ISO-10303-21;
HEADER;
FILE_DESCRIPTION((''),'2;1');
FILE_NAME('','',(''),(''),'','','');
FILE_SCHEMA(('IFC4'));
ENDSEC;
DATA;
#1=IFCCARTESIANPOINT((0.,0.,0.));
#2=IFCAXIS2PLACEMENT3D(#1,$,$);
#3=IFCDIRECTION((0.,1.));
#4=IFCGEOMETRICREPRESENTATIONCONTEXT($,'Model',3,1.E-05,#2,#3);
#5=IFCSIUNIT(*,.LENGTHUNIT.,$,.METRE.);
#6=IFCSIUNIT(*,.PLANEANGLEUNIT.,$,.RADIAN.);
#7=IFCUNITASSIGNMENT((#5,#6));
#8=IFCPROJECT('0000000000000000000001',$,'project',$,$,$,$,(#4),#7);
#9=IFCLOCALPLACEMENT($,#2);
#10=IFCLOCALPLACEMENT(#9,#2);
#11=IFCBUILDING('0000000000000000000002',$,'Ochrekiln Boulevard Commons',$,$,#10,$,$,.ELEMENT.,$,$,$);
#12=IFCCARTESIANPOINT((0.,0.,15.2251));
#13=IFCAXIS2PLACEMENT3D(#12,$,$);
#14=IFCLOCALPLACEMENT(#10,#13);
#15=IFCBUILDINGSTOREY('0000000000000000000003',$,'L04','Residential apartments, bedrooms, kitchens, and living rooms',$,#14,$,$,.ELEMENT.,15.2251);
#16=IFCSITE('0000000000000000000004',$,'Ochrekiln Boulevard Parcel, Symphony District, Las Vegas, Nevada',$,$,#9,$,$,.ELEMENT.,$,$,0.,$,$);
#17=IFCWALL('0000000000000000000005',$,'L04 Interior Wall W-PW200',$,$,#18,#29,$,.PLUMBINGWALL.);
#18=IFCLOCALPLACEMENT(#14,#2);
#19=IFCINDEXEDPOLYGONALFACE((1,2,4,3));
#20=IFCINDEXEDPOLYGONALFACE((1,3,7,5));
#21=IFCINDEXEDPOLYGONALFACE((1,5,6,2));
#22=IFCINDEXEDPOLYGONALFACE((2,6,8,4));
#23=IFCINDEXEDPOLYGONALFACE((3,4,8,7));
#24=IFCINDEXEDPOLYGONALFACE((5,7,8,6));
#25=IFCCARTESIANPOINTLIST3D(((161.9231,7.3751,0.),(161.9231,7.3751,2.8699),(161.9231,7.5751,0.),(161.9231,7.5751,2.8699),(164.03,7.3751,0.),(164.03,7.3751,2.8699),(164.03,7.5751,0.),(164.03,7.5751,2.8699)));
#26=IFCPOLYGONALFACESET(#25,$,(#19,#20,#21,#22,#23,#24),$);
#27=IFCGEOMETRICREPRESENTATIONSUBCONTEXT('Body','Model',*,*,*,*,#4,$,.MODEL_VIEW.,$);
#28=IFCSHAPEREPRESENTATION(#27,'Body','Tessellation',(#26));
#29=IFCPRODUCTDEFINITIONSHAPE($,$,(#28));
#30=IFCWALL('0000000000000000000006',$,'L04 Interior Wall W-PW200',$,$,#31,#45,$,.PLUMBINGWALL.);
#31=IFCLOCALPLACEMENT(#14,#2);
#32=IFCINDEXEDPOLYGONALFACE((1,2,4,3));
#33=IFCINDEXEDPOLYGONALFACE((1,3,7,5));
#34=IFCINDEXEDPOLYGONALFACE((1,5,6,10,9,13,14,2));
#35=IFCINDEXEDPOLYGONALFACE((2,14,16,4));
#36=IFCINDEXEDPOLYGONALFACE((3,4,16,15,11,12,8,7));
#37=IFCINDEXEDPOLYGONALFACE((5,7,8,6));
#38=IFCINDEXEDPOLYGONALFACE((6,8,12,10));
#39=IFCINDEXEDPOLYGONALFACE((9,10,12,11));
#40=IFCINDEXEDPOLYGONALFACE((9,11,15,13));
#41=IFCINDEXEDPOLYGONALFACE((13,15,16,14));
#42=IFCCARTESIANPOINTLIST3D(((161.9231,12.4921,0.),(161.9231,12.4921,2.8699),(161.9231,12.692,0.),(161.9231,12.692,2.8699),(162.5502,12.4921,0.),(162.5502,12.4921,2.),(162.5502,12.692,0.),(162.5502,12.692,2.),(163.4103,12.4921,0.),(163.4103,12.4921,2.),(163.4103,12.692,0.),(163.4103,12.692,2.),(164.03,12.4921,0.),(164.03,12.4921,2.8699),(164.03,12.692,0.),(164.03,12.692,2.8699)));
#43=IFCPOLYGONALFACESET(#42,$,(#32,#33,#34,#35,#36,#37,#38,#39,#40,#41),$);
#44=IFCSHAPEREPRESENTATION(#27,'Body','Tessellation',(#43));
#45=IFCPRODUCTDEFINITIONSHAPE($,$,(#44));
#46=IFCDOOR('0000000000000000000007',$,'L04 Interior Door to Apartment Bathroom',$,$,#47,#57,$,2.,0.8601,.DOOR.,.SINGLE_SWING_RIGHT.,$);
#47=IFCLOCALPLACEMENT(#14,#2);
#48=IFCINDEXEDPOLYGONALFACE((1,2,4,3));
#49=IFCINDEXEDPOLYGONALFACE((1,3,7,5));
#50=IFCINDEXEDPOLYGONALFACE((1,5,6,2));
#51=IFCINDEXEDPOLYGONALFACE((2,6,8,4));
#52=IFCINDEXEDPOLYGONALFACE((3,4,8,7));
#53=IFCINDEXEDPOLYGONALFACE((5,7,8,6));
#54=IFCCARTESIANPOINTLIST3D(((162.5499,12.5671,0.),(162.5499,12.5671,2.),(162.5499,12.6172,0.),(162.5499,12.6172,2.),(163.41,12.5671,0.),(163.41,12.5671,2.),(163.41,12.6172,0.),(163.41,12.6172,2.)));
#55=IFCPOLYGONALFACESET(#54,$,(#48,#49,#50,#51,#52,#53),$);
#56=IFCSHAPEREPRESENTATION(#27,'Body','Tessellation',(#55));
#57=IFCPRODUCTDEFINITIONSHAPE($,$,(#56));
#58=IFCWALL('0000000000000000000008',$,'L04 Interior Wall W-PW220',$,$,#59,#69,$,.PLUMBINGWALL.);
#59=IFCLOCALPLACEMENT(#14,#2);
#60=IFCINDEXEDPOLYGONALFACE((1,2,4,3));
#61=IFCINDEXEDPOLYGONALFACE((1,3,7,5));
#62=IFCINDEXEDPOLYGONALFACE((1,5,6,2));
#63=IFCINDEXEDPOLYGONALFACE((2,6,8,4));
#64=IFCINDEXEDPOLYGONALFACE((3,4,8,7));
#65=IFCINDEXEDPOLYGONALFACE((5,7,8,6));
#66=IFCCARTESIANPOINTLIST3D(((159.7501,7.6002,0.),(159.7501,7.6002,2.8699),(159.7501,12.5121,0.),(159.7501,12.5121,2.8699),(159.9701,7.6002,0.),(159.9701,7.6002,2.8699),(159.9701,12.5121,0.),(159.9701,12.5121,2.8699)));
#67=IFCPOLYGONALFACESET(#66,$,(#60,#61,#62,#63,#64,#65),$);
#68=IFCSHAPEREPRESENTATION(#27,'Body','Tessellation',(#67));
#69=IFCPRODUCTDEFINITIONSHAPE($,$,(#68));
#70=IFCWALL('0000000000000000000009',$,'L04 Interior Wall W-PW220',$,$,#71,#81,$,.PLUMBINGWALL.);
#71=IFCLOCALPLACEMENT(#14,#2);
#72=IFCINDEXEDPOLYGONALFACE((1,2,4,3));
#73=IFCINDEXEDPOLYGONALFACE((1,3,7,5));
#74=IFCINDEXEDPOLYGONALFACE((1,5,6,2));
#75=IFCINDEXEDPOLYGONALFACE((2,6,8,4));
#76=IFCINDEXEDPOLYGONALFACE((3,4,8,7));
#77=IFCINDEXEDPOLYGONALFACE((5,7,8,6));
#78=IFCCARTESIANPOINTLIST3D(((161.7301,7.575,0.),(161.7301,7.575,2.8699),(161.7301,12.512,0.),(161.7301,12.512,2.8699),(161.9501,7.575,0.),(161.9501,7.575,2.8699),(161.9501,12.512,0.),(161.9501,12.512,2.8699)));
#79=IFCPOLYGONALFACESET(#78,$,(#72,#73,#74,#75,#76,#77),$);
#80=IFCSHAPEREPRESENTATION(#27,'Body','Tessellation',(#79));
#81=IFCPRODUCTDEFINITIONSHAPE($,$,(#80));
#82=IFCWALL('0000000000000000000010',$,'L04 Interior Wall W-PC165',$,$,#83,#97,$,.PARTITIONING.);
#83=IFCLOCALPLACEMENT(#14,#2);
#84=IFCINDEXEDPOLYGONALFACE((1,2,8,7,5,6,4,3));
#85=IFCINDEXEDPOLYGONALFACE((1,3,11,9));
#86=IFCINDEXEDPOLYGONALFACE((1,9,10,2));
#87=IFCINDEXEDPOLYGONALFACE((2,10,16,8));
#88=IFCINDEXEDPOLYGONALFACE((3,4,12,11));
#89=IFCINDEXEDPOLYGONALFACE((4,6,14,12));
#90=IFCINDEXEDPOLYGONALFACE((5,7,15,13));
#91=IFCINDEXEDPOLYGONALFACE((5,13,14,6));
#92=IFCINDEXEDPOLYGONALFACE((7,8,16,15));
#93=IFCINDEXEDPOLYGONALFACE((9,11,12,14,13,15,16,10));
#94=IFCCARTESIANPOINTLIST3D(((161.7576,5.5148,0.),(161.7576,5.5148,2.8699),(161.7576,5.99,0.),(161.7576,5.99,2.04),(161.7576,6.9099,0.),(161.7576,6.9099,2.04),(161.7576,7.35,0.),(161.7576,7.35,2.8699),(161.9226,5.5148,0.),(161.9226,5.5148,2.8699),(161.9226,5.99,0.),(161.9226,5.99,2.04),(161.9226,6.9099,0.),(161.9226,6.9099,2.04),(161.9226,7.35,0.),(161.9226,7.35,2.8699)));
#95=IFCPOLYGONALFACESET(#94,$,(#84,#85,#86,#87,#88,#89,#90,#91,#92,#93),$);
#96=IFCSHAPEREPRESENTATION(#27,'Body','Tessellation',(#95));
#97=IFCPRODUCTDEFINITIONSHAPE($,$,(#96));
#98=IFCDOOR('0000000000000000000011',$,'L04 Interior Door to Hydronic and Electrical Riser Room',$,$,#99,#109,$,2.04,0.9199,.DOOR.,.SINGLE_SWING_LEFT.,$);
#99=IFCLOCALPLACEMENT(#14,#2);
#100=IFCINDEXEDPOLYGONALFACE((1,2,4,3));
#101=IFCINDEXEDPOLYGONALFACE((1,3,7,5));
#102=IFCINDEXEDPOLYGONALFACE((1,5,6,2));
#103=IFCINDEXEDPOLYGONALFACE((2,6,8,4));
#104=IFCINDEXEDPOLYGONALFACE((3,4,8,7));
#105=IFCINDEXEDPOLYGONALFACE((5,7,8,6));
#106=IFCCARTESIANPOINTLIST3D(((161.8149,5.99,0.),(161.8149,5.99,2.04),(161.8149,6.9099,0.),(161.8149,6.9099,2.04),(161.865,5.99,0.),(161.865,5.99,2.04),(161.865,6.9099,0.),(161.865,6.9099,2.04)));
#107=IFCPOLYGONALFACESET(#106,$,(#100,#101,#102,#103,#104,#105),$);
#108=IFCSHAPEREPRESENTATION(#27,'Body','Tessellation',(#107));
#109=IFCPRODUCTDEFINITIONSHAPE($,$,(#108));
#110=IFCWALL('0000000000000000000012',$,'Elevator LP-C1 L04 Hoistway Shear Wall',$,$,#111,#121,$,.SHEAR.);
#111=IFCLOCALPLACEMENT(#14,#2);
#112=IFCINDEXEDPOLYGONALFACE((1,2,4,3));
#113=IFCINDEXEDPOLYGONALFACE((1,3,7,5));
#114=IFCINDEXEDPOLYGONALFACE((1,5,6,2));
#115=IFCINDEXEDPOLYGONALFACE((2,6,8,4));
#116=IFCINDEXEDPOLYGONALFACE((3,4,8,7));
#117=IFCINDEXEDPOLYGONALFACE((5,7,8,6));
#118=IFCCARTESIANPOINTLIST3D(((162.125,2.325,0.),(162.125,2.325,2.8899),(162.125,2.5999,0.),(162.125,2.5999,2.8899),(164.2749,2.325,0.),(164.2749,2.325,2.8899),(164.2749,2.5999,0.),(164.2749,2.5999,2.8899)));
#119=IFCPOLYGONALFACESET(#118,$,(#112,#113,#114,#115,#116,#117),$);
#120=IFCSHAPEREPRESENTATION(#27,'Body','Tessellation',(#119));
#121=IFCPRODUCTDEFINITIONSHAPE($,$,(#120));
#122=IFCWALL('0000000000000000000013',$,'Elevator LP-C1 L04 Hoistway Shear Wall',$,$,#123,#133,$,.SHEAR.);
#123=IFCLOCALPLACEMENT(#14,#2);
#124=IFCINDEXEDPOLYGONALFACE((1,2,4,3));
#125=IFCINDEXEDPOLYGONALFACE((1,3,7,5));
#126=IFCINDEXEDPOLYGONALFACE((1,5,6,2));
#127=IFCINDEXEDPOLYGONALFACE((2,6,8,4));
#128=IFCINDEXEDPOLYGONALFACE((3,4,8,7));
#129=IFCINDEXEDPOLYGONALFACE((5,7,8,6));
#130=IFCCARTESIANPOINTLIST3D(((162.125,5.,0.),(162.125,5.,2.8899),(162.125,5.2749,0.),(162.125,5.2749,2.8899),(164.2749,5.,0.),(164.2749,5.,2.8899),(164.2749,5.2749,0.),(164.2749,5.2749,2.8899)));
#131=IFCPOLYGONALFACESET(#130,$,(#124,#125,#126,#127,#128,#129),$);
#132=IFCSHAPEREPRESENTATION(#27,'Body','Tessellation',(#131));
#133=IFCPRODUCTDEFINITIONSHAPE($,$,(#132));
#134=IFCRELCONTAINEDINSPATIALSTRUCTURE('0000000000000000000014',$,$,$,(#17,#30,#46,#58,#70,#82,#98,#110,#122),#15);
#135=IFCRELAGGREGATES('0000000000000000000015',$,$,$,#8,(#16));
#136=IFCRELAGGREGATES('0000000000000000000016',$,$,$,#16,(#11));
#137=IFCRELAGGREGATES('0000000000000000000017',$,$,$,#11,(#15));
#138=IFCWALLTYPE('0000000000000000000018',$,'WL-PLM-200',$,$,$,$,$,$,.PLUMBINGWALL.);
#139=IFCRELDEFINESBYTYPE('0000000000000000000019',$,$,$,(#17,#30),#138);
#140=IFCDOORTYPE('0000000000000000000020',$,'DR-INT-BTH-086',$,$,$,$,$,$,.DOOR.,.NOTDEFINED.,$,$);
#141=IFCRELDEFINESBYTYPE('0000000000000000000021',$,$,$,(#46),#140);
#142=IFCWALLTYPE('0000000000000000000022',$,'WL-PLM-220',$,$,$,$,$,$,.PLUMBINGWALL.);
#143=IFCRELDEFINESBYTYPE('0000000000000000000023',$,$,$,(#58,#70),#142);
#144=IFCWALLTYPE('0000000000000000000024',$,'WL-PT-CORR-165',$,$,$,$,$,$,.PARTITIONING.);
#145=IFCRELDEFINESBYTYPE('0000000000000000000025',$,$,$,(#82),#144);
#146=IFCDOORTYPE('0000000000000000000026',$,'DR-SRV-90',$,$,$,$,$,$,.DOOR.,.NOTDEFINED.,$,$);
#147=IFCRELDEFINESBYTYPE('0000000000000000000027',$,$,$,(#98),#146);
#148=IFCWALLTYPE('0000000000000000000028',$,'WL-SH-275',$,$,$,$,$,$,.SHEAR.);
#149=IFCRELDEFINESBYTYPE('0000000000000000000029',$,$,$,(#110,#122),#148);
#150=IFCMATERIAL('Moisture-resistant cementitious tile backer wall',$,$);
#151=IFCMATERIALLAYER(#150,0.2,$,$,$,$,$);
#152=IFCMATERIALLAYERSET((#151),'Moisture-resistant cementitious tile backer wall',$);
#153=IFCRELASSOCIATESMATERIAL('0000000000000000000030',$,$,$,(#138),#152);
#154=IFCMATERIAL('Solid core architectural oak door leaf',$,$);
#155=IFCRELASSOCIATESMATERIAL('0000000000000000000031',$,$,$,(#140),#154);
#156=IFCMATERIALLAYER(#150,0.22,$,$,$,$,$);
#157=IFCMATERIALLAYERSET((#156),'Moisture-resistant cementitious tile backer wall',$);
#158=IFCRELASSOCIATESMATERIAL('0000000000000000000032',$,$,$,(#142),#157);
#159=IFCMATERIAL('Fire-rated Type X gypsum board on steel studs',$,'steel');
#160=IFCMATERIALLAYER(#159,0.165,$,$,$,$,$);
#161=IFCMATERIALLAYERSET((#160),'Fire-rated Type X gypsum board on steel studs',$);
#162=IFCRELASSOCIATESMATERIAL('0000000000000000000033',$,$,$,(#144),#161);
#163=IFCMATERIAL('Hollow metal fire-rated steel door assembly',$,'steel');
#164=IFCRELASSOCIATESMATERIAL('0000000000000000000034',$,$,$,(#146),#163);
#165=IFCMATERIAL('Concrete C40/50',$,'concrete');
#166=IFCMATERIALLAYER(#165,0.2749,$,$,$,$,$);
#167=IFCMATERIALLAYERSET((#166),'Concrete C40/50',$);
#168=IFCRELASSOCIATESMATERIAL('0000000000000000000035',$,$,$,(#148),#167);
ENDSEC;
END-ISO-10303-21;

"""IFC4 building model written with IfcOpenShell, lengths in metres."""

from ifc_helpers import new_model, si_unit, direction, frame, frame_2d, origin, place, context, subcontext, project, spatial, rectangle, extrude, material, layer, layer_set, type_object, element, fill, save


model = new_model("IFC4")

# Units and contexts
model_context = context("Model", 3, precision=1e-05, world=origin(), true_north=direction((0.0, 1.0)))
body_context = subcontext(model_context, "Body", "Model", "MODEL_VIEW")
ifc_project = project(units=[si_unit("LENGTHUNIT", "METRE"), si_unit("PLANEANGLEUNIT", "RADIAN")], contexts=[model_context])

# Site, building, storey
site_placement = place(None, origin())
site = spatial("IfcSite", under=ifc_project, at=site_placement, Name="Ochrekiln Boulevard Parcel, Symphony District, Las Vegas, Nevada", CompositionType="ELEMENT", RefElevation=0.0)
building_placement = place(site_placement, origin())
building = spatial("IfcBuilding", under=site, at=building_placement, Name="Ochrekiln Boulevard Commons", CompositionType="ELEMENT")
storey_placement = place(building_placement, frame((0.0, 0.0, 15.2251)))
storey = spatial("IfcBuildingStorey", under=building, at=storey_placement, Name="L04", Description="Residential apartments, bedrooms, kitchens, and living rooms", CompositionType="ELEMENT", Elevation=15.2251)

# Wall
ifc_material_1 = material(Name="Moisture-resistant cementitious tile backer wall")
ifc_layer_1 = layer(ifc_material_1, 0.2)
ifc_layer_set_1 = layer_set([ifc_layer_1], Name="Moisture-resistant cementitious tile backer wall")
wall_type_1 = type_object("IfcWallType", Name="WL-PLM-200", PredefinedType="PLUMBINGWALL", material=ifc_layer_set_1)
wall_1_placement = place(storey_placement, frame((161.9231, 7.4751, 0.0), z_axis=(0.0, 0.0, 1.0), x_axis=(1.0, 0.0, 0.0)))
element("IfcWall", 1, at=wall_1_placement, inside=storey, type_object=wall_type_1, Name="L04 Interior Wall W-PW200", PredefinedType="PLUMBINGWALL", context=body_context, shape_type="SweptSolid", body=[
    extrude(rectangle(XDim=2.1069, YDim=0.2, at=frame_2d((1.0535, 0.0))), origin(), (0.0, 0.0, 1.0), 2.8699),
])

# Wall, opening, door
wall_2_placement = place(storey_placement, frame((161.9231, 12.592, 0.0), z_axis=(0.0, 0.0, 1.0), x_axis=(1.0, 0.0, 0.0)))
wall_2 = element("IfcWall", 2, at=wall_2_placement, inside=storey, type_object=wall_type_1, Name="L04 Interior Wall W-PW200", PredefinedType="PLUMBINGWALL", context=body_context, shape_type="SweptSolid", body=[
    extrude(rectangle(XDim=2.1069, YDim=0.2, at=frame_2d((1.0535, 0.0))), origin(), (0.0, 0.0, 1.0), 2.8699),
])
opening_1_placement = place(wall_2_placement, frame((0.627, 0.0, 0.0)))
opening_1 = element("IfcOpeningElement", 3, at=opening_1_placement, cuts=wall_2, PredefinedType="OPENING", context=body_context, shape_type="SweptSolid", body=[
    extrude(rectangle(XDim=0.8601, YDim=2.0, at=frame_2d((0.4302, 1.0))), frame((0.0, 0.1099, 0.0), z_axis=(0.0, -1.0, 0.0), x_axis=(1.0, 0.0, 0.0)), (0.0, 0.0, 1.0), 0.22),
])
ifc_material_2 = material(Name="Solid core architectural oak door leaf")
door_type_1 = type_object("IfcDoorType", Name="DR-INT-BTH-086", OperationType="NOTDEFINED", PredefinedType="DOOR", material=ifc_material_2)
door_1_placement = place(opening_1_placement, frame((0.8601, 0.0, 0.0), z_axis=(0.0, 0.0, 1.0), x_axis=(-1.0, 0.0, 0.0)))
door_1 = element("IfcDoor", 4, at=door_1_placement, inside=storey, type_object=door_type_1, Name="L04 Interior Door to Apartment Bathroom", OperationType="SINGLE_SWING_RIGHT", OverallHeight=2.0, OverallWidth=0.8601, PredefinedType="DOOR", context=body_context, shape_type="SweptSolid", body=[
    extrude(rectangle(XDim=0.8601, YDim=2.0, at=frame_2d((0.4302, 1.0))), frame((0.0, 0.0249, 0.0), z_axis=(0.0, -1.0, 0.0), x_axis=(1.0, 0.0, 0.0)), (0.0, 0.0, 1.0), 0.05),
])
fill(opening_1, door_1)

# Walls
ifc_layer_2 = layer(ifc_material_1, 0.22)
ifc_layer_set_2 = layer_set([ifc_layer_2], Name="Moisture-resistant cementitious tile backer wall")
wall_type_2 = type_object("IfcWallType", Name="WL-PLM-220", PredefinedType="PLUMBINGWALL", material=ifc_layer_set_2)
wall_3_placement = place(storey_placement, frame((159.8601, 7.6001, 0.0), z_axis=(0.0, 0.0, 1.0), x_axis=(0.0, 1.0, 0.0)))
element("IfcWall", 5, at=wall_3_placement, inside=storey, type_object=wall_type_2, Name="L04 Interior Wall W-PW220", PredefinedType="PLUMBINGWALL", context=body_context, shape_type="SweptSolid", body=[
    extrude(rectangle(XDim=4.9119, YDim=0.22, at=frame_2d((2.4561, 0.0))), origin(), (0.0, 0.0, 1.0), 2.8699),
])
wall_4_placement = place(storey_placement, frame((161.8401, 7.575, 0.0), z_axis=(0.0, 0.0, 1.0), x_axis=(0.0, 1.0, 0.0)))
element("IfcWall", 6, at=wall_4_placement, inside=storey, type_object=wall_type_2, Name="L04 Interior Wall W-PW220", PredefinedType="PLUMBINGWALL", context=body_context, shape_type="SweptSolid", body=[
    extrude(rectangle(XDim=4.937, YDim=0.22, at=frame_2d((2.4685, 0.0))), origin(), (0.0, 0.0, 1.0), 2.8699),
])

# Wall, opening, door
ifc_material_3 = material(Name="Fire-rated Type X gypsum board on steel studs", Category="steel")
ifc_layer_3 = layer(ifc_material_3, 0.165)
ifc_layer_set_3 = layer_set([ifc_layer_3], Name="Fire-rated Type X gypsum board on steel studs")
wall_type_3 = type_object("IfcWallType", Name="WL-PT-CORR-165", PredefinedType="PARTITIONING", material=ifc_layer_set_3)
wall_5_placement = place(storey_placement, frame((161.8401, 5.5149, 0.0), z_axis=(0.0, 0.0, 1.0), x_axis=(0.0, 1.0, 0.0)))
wall_5 = element("IfcWall", 7, at=wall_5_placement, inside=storey, type_object=wall_type_3, Name="L04 Interior Wall W-PC165", PredefinedType="PARTITIONING", context=body_context, shape_type="SweptSolid", body=[
    extrude(rectangle(XDim=1.8352, YDim=0.165, at=frame_2d((0.9175, 0.0))), origin(), (0.0, 0.0, 1.0), 2.8699),
])
opening_2_placement = place(wall_5_placement, frame((0.4751, 0.0, 0.0)))
opening_2 = element("IfcOpeningElement", 8, at=opening_2_placement, cuts=wall_5, PredefinedType="OPENING", context=body_context, shape_type="SweptSolid", body=[
    extrude(rectangle(XDim=0.9199, YDim=2.04, at=frame_2d((0.46, 1.02))), frame((0.0, 0.0925, 0.0), z_axis=(0.0, -1.0, 0.0), x_axis=(1.0, 0.0, 0.0)), (0.0, 0.0, 1.0), 0.1851),
])
ifc_material_4 = material(Name="Hollow metal fire-rated steel door assembly", Category="steel")
door_type_2 = type_object("IfcDoorType", Name="DR-SRV-90", OperationType="NOTDEFINED", PredefinedType="DOOR", material=ifc_material_4)
door_2_placement = place(opening_2_placement, frame((0.9199, 0.0, 0.0), z_axis=(0.0, 0.0, 1.0), x_axis=(-1.0, 0.0, 0.0)))
door_2 = element("IfcDoor", 9, at=door_2_placement, inside=storey, type_object=door_type_2, Name="L04 Interior Door to Hydronic and Electrical Riser Room", OperationType="SINGLE_SWING_LEFT", OverallHeight=2.04, OverallWidth=0.9199, PredefinedType="DOOR", context=body_context, shape_type="SweptSolid", body=[
    extrude(rectangle(XDim=0.9199, YDim=2.04, at=frame_2d((0.46, 1.02))), frame((0.0, 0.0249, 0.0), z_axis=(0.0, -1.0, 0.0), x_axis=(1.0, 0.0, 0.0)), (0.0, 0.0, 1.0), 0.05),
])
fill(opening_2, door_2)

# Walls
ifc_material_5 = material(Name="Concrete C40/50", Category="concrete")
ifc_layer_4 = layer(ifc_material_5, 0.2749)
ifc_layer_set_4 = layer_set([ifc_layer_4], Name="Concrete C40/50")
wall_type_4 = type_object("IfcWallType", Name="WL-SH-275", PredefinedType="SHEAR", material=ifc_layer_set_4)
for number, where, z_axis, x_axis, name in (
    (10, (162.125, 2.4624, 0.0), (0.0, 0.0, 1.0), (1.0, 0.0, 0.0), "Elevator LP-C1 L04 Hoistway Shear Wall"),
    (11, (162.125, 5.1375, 0.0), (0.0, 0.0, 1.0), (1.0, 0.0, 0.0), "Elevator LP-C1 L04 Hoistway Shear Wall"),
):
    element("IfcWall", number, at=place(storey_placement, frame(where, z_axis=z_axis, x_axis=x_axis)), inside=storey, type_object=wall_type_4, Name=name, PredefinedType="SHEAR", context=body_context, shape_type="SweptSolid", body=[
        extrude(rectangle(XDim=2.1499, YDim=0.2749, at=frame_2d((1.075, 0.0))), origin(), (0.0, 0.0, 1.0), 2.8899),
    ])

save(model, "model.ifc")
